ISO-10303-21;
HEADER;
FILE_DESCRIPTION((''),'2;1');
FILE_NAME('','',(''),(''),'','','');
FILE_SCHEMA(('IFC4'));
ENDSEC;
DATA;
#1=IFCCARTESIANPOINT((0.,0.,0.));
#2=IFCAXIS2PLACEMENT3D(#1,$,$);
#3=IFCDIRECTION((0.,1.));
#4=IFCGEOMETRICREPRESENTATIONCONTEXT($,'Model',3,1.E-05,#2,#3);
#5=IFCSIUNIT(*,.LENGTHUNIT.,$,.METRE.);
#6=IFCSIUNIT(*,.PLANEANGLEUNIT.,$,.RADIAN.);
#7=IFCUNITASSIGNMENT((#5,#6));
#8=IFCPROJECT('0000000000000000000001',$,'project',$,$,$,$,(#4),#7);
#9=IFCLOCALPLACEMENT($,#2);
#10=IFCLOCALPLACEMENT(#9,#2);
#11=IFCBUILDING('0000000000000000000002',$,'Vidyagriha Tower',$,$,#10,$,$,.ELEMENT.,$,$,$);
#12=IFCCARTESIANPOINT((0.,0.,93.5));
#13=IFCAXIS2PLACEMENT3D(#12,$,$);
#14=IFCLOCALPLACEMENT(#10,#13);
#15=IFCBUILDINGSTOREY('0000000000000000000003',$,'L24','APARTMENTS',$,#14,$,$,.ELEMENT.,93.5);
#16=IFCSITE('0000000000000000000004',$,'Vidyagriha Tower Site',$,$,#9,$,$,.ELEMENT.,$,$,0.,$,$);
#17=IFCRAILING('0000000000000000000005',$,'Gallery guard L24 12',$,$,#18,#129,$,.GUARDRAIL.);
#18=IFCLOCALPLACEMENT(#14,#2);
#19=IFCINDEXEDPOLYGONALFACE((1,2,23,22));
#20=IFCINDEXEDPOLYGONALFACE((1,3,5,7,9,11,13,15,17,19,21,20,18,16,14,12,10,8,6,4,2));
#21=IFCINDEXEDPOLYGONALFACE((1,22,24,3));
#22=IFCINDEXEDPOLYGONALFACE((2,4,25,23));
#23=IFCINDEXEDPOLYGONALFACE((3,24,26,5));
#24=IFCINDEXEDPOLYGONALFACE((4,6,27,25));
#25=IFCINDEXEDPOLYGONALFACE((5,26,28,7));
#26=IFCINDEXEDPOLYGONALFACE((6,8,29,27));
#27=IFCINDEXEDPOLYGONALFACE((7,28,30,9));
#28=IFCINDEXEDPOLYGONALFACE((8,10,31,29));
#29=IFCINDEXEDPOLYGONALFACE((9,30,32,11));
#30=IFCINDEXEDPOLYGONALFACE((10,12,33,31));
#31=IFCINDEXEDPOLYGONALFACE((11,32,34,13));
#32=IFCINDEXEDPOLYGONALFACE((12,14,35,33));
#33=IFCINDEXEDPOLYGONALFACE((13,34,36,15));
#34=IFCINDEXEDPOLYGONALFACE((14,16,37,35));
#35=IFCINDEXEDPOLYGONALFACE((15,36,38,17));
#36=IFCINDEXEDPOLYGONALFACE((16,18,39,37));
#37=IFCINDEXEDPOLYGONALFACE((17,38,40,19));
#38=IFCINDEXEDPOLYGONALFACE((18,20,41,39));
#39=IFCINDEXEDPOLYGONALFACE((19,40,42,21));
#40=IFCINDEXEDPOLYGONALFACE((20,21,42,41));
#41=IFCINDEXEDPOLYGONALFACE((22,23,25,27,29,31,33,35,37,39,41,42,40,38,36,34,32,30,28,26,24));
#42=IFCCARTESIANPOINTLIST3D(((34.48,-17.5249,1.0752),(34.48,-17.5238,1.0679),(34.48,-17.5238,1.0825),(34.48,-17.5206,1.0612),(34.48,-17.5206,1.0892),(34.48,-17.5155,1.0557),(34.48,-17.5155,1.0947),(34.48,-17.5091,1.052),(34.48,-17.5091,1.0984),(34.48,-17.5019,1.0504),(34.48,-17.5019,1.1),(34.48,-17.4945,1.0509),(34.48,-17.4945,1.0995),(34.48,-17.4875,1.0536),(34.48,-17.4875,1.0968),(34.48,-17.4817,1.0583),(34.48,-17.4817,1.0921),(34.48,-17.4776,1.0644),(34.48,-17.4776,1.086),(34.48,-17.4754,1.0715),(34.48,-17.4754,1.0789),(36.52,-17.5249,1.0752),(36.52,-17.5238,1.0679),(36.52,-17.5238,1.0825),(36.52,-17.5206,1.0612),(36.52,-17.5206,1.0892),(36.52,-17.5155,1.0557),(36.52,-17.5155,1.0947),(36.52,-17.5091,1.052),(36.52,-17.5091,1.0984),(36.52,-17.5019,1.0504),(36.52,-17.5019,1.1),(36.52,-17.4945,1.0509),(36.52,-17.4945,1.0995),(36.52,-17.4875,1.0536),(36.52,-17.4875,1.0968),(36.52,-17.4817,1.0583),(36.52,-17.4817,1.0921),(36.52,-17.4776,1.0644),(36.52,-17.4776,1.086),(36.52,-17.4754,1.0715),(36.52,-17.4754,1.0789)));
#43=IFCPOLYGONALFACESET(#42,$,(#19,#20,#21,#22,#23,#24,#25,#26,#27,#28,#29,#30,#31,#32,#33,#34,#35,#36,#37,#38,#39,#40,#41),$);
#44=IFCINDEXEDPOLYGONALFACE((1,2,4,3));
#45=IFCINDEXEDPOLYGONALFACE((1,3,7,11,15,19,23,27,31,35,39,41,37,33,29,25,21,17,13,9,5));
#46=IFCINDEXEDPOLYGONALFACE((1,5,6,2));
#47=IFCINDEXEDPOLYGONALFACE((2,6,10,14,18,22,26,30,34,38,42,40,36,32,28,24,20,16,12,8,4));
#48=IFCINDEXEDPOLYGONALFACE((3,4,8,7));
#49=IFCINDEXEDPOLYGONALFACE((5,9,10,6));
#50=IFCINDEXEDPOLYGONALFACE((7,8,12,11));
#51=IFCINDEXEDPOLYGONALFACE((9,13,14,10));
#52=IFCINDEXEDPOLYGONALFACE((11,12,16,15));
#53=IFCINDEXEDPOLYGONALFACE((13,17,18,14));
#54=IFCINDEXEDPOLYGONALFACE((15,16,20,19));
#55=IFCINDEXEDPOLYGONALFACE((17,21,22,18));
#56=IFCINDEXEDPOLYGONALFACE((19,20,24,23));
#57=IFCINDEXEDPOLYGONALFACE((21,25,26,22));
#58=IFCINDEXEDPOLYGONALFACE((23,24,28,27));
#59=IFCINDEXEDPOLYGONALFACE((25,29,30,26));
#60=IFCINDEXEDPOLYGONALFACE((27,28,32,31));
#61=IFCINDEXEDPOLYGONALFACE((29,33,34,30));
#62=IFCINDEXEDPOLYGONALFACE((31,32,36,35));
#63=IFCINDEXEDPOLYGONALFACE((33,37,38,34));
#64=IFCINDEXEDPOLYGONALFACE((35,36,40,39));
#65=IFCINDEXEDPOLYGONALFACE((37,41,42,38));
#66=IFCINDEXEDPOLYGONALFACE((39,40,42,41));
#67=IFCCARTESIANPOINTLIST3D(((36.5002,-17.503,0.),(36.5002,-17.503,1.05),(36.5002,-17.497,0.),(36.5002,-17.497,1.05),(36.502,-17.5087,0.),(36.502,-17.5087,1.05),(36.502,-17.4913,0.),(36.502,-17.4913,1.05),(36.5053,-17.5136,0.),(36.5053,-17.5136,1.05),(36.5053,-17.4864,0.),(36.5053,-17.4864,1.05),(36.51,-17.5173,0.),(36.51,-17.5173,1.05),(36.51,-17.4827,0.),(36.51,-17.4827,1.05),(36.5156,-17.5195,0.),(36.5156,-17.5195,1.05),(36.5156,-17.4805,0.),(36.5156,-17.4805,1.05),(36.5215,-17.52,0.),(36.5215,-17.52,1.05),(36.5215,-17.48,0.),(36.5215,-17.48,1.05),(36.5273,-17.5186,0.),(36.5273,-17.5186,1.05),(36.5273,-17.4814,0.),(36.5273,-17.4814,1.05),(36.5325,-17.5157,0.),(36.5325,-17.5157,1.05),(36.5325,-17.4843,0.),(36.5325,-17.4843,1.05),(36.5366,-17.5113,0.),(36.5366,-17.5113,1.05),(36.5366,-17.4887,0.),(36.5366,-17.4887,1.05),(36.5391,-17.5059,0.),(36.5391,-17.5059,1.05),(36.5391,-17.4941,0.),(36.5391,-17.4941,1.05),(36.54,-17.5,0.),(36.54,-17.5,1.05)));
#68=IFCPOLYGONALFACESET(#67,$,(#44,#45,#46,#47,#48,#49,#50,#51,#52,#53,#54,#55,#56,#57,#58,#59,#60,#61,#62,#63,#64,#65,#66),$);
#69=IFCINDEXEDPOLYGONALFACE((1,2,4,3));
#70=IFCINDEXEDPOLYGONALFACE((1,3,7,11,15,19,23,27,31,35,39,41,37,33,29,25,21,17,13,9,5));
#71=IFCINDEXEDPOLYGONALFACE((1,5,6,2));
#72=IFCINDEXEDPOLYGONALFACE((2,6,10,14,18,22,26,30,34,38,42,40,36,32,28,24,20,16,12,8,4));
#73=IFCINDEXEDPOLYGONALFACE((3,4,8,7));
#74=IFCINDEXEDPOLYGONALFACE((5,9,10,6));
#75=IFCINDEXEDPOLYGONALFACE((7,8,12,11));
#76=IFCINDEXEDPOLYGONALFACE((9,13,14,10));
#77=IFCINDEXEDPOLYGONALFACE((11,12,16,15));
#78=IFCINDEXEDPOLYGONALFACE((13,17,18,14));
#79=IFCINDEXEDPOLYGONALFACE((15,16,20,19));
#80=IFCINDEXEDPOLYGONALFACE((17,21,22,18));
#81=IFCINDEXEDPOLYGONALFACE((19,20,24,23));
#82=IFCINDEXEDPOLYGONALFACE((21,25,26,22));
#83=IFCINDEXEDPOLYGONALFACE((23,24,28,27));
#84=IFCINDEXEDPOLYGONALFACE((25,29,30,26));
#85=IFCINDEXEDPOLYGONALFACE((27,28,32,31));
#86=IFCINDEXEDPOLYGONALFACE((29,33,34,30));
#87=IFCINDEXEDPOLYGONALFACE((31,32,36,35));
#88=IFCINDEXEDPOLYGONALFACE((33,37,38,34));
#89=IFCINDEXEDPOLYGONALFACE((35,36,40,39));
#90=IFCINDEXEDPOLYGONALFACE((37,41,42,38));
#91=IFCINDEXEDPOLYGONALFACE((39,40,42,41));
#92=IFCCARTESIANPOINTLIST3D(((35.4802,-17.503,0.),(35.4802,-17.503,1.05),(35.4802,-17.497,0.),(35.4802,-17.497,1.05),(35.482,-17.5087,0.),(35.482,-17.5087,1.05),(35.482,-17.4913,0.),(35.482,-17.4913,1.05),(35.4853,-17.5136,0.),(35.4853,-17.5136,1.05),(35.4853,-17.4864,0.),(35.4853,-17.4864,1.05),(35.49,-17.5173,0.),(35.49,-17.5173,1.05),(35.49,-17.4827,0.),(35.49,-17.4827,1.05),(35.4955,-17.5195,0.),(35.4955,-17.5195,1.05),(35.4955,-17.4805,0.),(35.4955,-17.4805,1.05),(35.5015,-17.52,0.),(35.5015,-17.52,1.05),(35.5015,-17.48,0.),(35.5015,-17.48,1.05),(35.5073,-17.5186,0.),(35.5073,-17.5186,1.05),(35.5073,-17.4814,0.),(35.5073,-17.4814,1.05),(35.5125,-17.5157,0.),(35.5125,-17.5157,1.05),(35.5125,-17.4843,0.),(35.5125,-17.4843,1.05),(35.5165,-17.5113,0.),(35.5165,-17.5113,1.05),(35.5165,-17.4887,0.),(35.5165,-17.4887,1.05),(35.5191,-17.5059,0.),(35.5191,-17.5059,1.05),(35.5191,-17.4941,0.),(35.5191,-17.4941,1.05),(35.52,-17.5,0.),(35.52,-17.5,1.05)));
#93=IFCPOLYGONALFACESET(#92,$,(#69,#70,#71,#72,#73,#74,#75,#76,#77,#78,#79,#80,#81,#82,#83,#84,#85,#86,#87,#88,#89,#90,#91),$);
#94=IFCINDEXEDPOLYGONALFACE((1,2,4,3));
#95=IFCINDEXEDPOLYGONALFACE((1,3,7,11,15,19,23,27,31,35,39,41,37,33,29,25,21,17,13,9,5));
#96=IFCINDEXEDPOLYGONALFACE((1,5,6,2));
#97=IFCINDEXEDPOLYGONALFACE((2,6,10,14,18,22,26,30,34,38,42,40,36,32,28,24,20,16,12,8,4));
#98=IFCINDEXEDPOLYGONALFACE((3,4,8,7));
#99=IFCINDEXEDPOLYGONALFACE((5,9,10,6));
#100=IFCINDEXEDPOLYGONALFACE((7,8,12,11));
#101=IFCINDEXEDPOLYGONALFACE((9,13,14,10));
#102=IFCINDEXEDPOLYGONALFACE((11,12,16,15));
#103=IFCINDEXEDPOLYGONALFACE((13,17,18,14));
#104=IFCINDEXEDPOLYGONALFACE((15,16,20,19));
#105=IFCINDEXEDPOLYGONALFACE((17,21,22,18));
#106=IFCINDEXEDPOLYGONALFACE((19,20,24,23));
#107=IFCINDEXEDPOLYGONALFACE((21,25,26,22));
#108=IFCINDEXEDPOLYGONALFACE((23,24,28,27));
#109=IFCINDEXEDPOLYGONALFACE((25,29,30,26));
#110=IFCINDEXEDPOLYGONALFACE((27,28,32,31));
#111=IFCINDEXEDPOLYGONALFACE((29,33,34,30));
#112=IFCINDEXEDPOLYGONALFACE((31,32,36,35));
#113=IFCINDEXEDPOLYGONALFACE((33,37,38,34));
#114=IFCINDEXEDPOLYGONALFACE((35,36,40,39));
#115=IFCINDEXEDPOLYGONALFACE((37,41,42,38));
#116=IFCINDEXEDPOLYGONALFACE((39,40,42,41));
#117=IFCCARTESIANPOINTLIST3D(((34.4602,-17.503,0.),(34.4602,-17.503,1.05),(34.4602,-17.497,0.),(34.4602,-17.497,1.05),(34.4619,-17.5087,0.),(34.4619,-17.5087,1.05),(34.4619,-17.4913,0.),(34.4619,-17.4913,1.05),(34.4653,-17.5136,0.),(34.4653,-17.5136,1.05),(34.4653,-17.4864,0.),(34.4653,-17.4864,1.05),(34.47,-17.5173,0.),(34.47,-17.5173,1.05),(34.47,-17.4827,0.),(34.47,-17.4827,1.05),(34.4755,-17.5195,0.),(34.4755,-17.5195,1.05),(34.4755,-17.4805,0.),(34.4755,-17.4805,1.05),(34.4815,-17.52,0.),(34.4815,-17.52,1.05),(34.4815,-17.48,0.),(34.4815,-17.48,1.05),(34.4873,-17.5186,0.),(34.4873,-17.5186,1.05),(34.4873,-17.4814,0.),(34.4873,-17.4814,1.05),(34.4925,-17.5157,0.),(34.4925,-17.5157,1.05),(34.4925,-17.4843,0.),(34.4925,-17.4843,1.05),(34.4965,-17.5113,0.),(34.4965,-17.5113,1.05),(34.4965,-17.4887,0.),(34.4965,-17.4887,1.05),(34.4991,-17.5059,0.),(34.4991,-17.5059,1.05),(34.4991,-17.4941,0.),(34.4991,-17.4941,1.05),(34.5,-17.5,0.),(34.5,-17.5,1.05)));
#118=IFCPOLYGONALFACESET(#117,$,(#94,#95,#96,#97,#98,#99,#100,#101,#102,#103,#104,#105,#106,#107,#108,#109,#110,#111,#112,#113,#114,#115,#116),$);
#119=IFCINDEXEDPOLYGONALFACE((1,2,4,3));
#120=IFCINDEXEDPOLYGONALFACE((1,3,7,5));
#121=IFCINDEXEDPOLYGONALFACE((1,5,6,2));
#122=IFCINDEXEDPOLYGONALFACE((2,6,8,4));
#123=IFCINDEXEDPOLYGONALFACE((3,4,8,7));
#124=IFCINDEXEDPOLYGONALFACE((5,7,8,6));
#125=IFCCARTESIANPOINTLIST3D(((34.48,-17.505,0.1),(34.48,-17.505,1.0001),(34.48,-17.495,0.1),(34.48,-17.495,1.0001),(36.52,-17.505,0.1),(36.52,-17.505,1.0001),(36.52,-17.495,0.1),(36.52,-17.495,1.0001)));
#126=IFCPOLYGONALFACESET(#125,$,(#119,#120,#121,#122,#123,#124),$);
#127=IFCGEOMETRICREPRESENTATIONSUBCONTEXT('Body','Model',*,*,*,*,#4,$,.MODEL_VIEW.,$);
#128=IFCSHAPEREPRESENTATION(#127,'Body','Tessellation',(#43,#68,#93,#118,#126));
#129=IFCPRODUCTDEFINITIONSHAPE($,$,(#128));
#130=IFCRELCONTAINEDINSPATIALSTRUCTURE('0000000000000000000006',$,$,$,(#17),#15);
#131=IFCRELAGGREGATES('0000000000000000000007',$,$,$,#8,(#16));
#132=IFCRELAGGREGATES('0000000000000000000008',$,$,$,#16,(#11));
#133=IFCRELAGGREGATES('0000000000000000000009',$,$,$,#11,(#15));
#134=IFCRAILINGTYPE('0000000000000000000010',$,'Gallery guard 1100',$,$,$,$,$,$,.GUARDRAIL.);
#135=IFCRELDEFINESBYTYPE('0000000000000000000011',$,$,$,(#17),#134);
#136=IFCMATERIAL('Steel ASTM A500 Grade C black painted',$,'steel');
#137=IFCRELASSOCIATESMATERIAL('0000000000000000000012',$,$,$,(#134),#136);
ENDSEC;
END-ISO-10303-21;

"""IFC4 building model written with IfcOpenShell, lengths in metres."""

from ifc_helpers import new_model, si_unit, direction, frame, origin, origin_2d, place, context, subcontext, project, spatial, rectangle, circle, extrude, material, type_object, element, save


model = new_model("IFC4")

# Units and contexts
model_context = context("Model", 3, precision=1e-05, world=origin(), true_north=direction((0.0, 1.0)))
body_context = subcontext(model_context, "Body", "Model", "MODEL_VIEW")
ifc_project = project(units=[si_unit("LENGTHUNIT", "METRE"), si_unit("PLANEANGLEUNIT", "RADIAN")], contexts=[model_context])

# Site, building, storey
site_placement = place(None, origin())
site = spatial("IfcSite", under=ifc_project, at=site_placement, Name="Vidyagriha Tower Site", CompositionType="ELEMENT", RefElevation=0.0)
building_placement = place(site_placement, origin())
building = spatial("IfcBuilding", under=site, at=building_placement, Name="Vidyagriha Tower", CompositionType="ELEMENT")
storey_placement = place(building_placement, frame((0.0, 0.0, 93.5)))
storey = spatial("IfcBuildingStorey", under=building, at=storey_placement, Name="L24", Description="APARTMENTS", CompositionType="ELEMENT", Elevation=93.5)

# Railing
ifc_material_1 = material(Name="Steel ASTM A500 Grade C black painted", Category="steel")
railing_type_1 = type_object("IfcRailingType", Name="Gallery guard 1100", PredefinedType="GUARDRAIL", material=ifc_material_1)
railing_1_placement = place(storey_placement, frame((36.52, -17.5, 0.0)))
element("IfcRailing", 1, at=railing_1_placement, inside=storey, type_object=railing_type_1, Name="Gallery guard L24 12", PredefinedType="GUARDRAIL", context=body_context, shape_type="SweptSolid", body=[
    extrude(circle(Radius=0.0249, at=origin_2d()), frame((0.0, 0.0, 1.0752), z_axis=(-1.0, 0.0, 0.0), x_axis=(0.0, -1.0, 0.0)), (0.0, 0.0, 1.0), 2.04),
    extrude(circle(Radius=0.02, at=origin_2d()), origin(), (0.0, 0.0, 1.0), 1.05),
    extrude(circle(Radius=0.02, at=origin_2d()), frame((-1.02, 0.0, 0.0)), (0.0, 0.0, 1.0), 1.05),
    extrude(circle(Radius=0.02, at=origin_2d()), frame((-2.04, 0.0, 0.0)), (0.0, 0.0, 1.0), 1.05),
    extrude(rectangle(XDim=0.01, YDim=0.9001, at=origin_2d()), frame((0.0, 0.0, 0.55), z_axis=(-1.0, 0.0, 0.0), x_axis=(0.0, -1.0, 0.0)), (0.0, 0.0, 1.0), 2.04),
])

save(model, "model.ifc")
